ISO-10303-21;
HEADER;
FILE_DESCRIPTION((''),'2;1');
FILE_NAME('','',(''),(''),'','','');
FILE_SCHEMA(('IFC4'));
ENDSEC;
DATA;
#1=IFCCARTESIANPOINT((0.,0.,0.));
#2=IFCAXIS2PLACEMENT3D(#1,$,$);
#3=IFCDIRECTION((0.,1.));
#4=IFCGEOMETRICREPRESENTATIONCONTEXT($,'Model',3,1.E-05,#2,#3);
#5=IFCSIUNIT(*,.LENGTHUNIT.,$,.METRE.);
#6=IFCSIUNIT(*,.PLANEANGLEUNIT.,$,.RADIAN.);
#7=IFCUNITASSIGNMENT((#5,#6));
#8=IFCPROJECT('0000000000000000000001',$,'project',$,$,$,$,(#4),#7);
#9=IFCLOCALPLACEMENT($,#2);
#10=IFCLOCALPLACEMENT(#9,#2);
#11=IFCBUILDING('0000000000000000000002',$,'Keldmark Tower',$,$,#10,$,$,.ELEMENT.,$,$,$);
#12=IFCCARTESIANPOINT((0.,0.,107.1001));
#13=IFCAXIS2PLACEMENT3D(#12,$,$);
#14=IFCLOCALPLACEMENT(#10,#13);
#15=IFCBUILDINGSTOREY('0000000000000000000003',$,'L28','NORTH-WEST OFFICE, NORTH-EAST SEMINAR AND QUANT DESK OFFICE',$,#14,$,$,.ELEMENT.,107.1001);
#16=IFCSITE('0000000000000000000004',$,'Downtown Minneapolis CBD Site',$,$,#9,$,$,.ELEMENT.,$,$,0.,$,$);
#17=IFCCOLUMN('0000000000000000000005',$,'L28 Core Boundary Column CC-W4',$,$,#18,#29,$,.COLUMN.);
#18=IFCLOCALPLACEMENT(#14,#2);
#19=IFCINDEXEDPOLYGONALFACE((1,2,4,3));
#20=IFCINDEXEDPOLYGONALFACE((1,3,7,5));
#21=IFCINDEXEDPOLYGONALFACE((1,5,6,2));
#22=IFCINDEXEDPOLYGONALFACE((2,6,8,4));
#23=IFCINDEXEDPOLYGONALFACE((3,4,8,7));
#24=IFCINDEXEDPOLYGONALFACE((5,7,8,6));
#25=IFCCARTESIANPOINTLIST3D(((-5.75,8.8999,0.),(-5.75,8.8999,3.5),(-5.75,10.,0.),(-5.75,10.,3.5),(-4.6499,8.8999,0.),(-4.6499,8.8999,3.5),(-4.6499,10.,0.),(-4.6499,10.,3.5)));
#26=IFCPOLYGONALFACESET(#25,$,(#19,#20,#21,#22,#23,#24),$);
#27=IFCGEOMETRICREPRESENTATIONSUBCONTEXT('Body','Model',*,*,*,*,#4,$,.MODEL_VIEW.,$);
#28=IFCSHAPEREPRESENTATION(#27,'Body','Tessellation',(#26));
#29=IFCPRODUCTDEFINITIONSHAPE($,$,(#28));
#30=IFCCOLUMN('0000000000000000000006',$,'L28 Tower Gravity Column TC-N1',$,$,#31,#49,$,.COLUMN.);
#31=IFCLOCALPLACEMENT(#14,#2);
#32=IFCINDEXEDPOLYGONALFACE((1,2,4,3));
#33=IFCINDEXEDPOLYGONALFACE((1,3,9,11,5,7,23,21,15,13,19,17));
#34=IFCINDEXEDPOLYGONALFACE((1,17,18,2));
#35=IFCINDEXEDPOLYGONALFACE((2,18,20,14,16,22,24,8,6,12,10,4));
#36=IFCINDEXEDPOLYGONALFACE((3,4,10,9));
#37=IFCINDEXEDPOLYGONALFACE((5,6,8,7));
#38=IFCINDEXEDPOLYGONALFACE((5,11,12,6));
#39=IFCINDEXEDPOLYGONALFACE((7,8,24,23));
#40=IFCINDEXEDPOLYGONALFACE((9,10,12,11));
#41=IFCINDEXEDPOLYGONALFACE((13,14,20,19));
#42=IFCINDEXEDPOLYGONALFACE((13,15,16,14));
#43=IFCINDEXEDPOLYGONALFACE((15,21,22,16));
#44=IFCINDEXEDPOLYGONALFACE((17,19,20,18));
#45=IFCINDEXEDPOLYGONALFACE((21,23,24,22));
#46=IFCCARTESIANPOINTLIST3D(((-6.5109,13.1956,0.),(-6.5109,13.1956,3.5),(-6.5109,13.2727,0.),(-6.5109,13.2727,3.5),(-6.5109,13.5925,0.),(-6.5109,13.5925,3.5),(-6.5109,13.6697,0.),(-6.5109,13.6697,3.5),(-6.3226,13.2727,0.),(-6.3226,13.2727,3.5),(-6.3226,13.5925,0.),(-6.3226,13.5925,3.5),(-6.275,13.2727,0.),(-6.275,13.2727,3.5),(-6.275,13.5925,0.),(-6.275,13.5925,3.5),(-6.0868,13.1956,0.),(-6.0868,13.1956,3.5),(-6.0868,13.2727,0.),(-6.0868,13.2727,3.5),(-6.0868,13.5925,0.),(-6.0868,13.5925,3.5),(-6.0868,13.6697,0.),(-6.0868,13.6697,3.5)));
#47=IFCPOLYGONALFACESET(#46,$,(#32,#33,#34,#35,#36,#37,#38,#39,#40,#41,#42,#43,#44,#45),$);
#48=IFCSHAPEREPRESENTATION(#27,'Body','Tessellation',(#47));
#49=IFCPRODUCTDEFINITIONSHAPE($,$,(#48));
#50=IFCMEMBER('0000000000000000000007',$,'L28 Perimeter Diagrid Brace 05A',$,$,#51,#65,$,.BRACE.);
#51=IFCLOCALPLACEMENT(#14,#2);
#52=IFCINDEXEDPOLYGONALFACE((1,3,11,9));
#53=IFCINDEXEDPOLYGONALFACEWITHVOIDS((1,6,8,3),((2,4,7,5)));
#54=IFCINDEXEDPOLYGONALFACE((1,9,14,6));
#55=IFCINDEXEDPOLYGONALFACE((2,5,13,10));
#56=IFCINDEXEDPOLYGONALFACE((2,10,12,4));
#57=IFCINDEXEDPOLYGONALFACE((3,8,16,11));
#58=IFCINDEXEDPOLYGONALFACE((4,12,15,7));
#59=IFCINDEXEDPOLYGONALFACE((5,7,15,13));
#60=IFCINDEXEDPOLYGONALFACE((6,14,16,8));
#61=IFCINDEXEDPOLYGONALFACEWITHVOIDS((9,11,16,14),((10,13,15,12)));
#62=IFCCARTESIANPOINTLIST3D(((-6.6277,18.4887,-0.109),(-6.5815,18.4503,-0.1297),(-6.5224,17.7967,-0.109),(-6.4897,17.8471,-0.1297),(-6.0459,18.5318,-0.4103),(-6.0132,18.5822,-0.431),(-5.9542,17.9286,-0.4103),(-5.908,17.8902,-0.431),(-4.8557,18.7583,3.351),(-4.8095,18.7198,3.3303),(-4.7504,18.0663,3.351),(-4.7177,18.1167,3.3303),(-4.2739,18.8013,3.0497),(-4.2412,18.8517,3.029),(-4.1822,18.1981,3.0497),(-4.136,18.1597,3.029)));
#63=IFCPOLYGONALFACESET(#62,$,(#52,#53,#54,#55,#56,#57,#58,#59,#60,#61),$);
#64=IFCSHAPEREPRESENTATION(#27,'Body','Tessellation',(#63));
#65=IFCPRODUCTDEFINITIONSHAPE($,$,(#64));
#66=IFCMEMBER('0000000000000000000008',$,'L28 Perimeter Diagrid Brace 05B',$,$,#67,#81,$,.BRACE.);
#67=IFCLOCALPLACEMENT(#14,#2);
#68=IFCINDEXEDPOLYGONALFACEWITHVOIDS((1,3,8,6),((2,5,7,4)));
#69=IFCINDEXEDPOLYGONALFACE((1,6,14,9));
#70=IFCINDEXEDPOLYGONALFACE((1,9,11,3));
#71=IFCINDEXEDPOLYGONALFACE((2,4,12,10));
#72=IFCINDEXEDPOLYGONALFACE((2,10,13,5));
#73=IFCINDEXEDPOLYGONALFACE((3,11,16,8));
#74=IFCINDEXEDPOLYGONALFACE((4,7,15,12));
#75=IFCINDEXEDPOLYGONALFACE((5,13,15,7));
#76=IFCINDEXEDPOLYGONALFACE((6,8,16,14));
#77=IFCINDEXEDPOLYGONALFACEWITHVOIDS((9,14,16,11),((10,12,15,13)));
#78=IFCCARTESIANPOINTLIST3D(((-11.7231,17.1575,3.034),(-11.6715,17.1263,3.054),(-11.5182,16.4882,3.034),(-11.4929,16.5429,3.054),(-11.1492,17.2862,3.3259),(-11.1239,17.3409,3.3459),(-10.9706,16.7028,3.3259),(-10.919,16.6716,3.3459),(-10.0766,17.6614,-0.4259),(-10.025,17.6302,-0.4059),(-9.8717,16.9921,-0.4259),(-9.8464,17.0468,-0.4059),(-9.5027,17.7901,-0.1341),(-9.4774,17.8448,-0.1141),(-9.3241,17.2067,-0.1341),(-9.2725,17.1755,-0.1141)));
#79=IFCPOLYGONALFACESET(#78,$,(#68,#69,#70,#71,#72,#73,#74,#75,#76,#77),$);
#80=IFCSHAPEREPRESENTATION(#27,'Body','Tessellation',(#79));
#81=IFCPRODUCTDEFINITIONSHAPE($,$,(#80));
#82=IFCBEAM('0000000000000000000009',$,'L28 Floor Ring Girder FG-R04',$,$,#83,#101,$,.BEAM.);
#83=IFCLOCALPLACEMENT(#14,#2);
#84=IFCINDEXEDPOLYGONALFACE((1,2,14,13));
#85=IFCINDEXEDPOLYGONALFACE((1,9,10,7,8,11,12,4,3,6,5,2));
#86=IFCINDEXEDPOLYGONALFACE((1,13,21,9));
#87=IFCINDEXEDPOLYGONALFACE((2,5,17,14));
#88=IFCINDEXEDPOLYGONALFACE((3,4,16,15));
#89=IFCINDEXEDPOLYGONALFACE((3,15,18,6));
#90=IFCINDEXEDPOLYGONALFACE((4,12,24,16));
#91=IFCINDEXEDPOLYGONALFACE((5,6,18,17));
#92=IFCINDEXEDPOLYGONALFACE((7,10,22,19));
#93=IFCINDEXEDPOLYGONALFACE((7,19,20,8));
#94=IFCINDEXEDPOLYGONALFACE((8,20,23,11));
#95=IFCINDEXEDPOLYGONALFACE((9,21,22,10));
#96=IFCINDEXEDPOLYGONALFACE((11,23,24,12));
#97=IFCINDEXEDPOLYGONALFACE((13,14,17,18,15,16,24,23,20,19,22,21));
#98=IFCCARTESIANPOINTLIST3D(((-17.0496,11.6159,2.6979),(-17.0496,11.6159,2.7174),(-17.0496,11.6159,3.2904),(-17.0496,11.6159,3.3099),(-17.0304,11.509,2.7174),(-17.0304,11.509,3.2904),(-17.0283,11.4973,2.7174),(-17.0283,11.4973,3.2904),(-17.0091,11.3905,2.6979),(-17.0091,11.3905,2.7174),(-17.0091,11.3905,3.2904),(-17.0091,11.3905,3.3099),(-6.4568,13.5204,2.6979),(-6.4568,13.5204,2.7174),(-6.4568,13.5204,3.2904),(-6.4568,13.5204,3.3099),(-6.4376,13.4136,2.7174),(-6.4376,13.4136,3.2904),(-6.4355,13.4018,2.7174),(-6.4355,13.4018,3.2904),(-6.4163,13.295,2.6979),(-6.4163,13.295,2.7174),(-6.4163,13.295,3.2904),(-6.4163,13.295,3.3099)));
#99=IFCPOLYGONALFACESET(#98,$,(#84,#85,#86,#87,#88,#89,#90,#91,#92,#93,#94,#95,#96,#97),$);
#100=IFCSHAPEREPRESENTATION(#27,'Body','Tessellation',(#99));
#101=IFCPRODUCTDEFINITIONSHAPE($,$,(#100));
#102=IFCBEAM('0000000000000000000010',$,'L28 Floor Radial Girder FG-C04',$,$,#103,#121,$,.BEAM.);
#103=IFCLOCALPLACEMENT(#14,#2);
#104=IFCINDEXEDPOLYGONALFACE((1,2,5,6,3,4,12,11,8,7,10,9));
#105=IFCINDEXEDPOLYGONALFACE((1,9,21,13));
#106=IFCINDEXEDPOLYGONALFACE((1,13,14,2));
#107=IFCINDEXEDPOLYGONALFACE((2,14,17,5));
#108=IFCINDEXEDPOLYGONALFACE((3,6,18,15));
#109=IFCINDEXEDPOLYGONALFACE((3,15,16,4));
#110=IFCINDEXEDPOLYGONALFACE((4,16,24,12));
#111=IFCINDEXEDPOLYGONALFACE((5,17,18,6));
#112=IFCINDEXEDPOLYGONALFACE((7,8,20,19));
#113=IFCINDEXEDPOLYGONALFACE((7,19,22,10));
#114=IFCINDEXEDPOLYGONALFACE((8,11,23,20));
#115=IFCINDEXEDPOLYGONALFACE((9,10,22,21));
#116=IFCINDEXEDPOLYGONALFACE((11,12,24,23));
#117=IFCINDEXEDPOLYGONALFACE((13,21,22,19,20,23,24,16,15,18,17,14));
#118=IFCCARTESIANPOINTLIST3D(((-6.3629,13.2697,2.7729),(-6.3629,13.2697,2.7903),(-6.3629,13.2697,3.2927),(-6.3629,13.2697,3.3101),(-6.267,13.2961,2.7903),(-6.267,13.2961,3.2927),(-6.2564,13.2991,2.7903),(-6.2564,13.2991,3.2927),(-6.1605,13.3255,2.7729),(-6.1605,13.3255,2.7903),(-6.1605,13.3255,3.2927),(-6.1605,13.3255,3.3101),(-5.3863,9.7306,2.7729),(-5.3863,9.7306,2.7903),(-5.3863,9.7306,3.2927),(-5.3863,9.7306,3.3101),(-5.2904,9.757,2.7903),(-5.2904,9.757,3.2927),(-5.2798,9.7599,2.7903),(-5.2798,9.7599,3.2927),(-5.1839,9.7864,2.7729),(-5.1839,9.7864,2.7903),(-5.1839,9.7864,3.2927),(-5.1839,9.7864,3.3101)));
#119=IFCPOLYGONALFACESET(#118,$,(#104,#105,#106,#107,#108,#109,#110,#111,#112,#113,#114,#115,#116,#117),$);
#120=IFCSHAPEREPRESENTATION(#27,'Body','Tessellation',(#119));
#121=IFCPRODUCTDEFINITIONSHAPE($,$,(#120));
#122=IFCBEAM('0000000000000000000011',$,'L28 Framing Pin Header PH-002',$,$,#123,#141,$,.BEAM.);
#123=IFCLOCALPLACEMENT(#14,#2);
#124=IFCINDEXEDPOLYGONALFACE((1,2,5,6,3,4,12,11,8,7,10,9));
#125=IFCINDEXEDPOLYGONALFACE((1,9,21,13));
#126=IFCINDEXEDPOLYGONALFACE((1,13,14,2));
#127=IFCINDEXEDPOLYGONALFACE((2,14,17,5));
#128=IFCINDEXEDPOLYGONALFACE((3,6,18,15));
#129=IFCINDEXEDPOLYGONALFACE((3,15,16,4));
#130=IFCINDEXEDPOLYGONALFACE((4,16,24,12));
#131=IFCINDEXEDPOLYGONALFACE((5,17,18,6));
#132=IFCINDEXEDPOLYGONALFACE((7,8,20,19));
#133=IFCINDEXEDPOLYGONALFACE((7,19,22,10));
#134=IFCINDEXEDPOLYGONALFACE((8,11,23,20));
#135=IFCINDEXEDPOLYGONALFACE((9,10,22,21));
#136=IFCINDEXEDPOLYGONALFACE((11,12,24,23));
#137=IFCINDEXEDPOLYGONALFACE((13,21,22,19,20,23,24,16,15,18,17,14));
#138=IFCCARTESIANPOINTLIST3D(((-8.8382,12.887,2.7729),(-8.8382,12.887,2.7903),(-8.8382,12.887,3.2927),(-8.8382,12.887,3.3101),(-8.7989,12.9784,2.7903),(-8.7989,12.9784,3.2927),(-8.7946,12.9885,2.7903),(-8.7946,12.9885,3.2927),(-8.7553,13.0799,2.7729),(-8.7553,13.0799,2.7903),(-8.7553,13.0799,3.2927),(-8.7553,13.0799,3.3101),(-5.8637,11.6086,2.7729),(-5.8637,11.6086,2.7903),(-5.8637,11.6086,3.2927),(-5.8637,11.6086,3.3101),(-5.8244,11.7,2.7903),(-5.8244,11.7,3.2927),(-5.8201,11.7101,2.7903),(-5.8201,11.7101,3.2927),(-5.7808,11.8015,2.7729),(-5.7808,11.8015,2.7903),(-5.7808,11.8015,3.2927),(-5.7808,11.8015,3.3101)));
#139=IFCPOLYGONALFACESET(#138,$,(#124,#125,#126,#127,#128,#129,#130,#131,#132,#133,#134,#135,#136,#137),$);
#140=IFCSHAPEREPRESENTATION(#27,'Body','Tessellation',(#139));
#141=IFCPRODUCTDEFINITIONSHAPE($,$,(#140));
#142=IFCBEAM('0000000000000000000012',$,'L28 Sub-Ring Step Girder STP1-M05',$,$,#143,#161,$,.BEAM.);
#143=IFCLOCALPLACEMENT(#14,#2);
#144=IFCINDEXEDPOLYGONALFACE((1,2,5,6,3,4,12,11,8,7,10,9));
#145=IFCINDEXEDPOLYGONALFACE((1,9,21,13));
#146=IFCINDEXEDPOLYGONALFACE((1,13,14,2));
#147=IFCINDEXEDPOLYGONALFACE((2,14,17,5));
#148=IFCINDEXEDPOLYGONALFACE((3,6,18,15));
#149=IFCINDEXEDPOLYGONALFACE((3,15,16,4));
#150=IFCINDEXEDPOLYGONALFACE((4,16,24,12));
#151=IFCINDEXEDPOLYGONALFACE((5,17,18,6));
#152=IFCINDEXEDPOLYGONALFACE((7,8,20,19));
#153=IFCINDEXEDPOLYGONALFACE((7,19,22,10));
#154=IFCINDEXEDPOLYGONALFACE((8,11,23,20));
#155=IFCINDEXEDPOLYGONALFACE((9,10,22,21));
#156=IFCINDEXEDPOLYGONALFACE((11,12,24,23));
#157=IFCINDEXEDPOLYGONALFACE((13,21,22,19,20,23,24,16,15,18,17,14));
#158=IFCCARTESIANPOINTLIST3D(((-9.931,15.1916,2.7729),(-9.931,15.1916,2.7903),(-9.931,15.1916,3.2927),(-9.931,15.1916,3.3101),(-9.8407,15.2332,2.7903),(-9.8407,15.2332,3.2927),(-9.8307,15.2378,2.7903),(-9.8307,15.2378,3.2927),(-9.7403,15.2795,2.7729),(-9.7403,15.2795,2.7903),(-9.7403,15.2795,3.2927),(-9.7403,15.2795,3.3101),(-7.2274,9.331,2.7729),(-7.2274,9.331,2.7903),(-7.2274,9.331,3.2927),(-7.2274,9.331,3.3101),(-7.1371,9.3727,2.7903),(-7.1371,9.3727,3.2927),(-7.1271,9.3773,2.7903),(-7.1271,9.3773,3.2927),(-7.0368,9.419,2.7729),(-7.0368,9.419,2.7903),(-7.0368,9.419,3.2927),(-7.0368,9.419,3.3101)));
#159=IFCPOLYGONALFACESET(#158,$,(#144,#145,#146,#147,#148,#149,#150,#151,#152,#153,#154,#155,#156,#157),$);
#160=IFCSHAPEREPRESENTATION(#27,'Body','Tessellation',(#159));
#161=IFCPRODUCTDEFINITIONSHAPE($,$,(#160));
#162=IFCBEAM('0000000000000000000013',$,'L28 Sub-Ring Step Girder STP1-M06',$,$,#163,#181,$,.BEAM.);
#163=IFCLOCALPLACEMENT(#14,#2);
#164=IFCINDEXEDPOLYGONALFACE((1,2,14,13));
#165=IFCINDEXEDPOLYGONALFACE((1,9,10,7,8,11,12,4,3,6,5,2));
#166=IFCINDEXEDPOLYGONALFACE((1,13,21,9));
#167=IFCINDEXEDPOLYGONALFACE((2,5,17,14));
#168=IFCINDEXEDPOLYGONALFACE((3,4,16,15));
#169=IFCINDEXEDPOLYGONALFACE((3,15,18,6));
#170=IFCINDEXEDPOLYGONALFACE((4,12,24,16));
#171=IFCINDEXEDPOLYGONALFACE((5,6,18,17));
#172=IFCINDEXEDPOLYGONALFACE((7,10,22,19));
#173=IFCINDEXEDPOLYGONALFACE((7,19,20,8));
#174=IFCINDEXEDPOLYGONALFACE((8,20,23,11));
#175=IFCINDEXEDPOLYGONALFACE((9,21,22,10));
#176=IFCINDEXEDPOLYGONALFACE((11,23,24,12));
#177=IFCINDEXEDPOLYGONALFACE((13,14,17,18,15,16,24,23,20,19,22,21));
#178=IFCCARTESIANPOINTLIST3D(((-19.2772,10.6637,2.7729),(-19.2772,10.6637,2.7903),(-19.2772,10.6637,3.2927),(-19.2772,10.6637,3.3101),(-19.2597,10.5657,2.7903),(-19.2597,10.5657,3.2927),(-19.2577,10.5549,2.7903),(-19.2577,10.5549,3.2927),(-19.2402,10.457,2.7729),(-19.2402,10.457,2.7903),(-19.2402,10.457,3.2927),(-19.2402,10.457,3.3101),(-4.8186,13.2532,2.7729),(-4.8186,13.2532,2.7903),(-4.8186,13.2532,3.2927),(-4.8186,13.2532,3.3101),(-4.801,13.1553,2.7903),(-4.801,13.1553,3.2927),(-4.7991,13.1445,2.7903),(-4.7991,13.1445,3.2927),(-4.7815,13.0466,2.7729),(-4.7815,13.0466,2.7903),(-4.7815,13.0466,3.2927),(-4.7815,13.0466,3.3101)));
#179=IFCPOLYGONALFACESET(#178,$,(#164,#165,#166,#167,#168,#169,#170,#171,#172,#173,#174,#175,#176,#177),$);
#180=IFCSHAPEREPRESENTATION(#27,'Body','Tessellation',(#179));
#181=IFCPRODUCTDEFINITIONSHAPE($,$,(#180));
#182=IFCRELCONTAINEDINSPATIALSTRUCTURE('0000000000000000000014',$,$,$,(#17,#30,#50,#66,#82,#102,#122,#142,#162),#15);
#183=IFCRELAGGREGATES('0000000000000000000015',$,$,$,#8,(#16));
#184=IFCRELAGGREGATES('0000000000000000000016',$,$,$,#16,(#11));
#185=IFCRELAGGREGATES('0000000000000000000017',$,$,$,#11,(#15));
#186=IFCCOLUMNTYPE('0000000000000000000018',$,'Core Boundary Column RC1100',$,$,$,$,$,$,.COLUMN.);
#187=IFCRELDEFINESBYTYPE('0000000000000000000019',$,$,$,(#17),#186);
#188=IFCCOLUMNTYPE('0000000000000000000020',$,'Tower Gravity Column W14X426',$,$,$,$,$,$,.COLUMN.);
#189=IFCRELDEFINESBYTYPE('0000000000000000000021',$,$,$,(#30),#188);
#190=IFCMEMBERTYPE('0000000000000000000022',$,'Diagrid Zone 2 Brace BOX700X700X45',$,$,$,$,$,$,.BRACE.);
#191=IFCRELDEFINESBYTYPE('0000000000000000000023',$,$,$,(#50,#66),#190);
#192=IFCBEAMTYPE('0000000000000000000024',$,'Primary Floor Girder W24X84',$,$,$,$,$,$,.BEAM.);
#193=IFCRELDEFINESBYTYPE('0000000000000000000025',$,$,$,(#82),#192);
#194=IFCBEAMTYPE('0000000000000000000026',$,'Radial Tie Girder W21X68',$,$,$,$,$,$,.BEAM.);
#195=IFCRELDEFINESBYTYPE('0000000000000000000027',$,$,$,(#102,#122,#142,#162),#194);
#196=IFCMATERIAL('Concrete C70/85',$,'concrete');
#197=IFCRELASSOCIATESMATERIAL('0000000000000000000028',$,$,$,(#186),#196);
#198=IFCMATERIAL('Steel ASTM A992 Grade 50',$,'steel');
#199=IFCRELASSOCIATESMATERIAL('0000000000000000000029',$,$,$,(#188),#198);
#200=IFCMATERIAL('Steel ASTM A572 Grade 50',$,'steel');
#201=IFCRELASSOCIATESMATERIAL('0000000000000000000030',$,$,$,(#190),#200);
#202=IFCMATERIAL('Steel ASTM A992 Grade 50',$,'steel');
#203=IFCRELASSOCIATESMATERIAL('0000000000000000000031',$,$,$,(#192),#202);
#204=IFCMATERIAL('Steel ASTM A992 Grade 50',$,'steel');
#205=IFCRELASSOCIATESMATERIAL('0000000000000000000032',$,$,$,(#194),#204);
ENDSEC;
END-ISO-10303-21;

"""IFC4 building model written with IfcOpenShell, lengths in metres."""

from ifc_helpers import new_model, si_unit, direction, frame, origin, origin_2d, place, context, subcontext, project, spatial, rectangle, hollow_rectangle, i_section, extrude, material, material_profile, profile_set, type_object, element, save


model = new_model("IFC4")

# Units and contexts
model_context = context("Model", 3, precision=1e-05, world=origin(), true_north=direction((0.0, 1.0)))
body_context = subcontext(model_context, "Body", "Model", "MODEL_VIEW")
ifc_project = project(units=[si_unit("LENGTHUNIT", "METRE"), si_unit("PLANEANGLEUNIT", "RADIAN")], contexts=[model_context])

# Site, building, storey
site_placement = place(None, origin())
site = spatial("IfcSite", under=ifc_project, at=site_placement, Name="Downtown Minneapolis CBD Site", CompositionType="ELEMENT", RefElevation=0.0)
building_placement = place(site_placement, origin())
building = spatial("IfcBuilding", under=site, at=building_placement, Name="Keldmark Tower", CompositionType="ELEMENT")
storey_placement = place(building_placement, frame((0.0, 0.0, 107.1001)))
storey = spatial("IfcBuildingStorey", under=building, at=storey_placement, Name="L28", Description="NORTH-WEST OFFICE, NORTH-EAST SEMINAR AND QUANT DESK OFFICE", CompositionType="ELEMENT", Elevation=107.1001)

# Columns
ifc_material_1 = material(Name="Concrete C70/85", Category="concrete")
ifc_material_profile_1 = material_profile(ifc_material_1, rectangle(XDim=1.1001, YDim=1.1001, at=origin_2d()), Name="RC1100X1100")
ifc_profile_set_1 = profile_set([ifc_material_profile_1], Name="Concrete C70/85")
column_type_1 = type_object("IfcColumnType", Name="Core Boundary Column RC1100", PredefinedType="COLUMN", material=ifc_profile_set_1)
column_1_placement = place(storey_placement, frame((-5.2, 9.45, 0.0), z_axis=(0.0, 0.0, 1.0), x_axis=(1.0, 0.0, 0.0)))
element("IfcColumn", 1, at=column_1_placement, inside=storey, type_object=column_type_1, Name="L28 Core Boundary Column CC-W4", PredefinedType="COLUMN", context=body_context, shape_type="SweptSolid", body=[
    extrude(rectangle(XDim=1.1001, YDim=1.1001, at=origin_2d()), origin(), (0.0, 0.0, 1.0), 3.5),
])
ifc_material_2 = material(Name="Steel ASTM A992 Grade 50", Category="steel")
ifc_material_profile_2 = material_profile(ifc_material_2, i_section(OverallWidth=0.4241, OverallDepth=0.4741, WebThickness=0.0476, FlangeThickness=0.0771, at=origin_2d()), Name="W14X426")
ifc_profile_set_2 = profile_set([ifc_material_profile_2], Name="Steel ASTM A992 Grade 50")
column_type_2 = type_object("IfcColumnType", Name="Tower Gravity Column W14X426", PredefinedType="COLUMN", material=ifc_profile_set_2)
column_2_placement = place(storey_placement, frame((-6.2988, 13.4326, 0.0), z_axis=(0.0, 0.0, 1.0), x_axis=(1.0, 0.0, 0.0)))
element("IfcColumn", 2, at=column_2_placement, inside=storey, type_object=column_type_2, Name="L28 Tower Gravity Column TC-N1", PredefinedType="COLUMN", context=body_context, shape_type="SweptSolid", body=[
    extrude(i_section(OverallWidth=0.4241, OverallDepth=0.4741, WebThickness=0.0476, FlangeThickness=0.0771, at=origin_2d()), origin(), (0.0, 0.0, 1.0), 3.5),
])

# Members
ifc_material_3 = material(Name="Steel ASTM A572 Grade 50", Category="steel")
ifc_material_profile_3 = material_profile(ifc_material_3, hollow_rectangle(XDim=0.7, YDim=0.7, WallThickness=0.0449, at=origin_2d()), Name="BOX700X700X45")
ifc_profile_set_3 = profile_set([ifc_material_profile_3], Name="Steel ASTM A572 Grade 50")
member_type = type_object("IfcMemberType", Name="Diagrid Zone 2 Brace BOX700X700X45", PredefinedType="BRACE", material=ifc_profile_set_3)
member_1_placement = place(storey_placement, frame((-6.2678, 18.1895, -0.27), z_axis=(0.454743, 0.06917, 0.887933), x_axis=(-0.150378, 0.988629, 0.0)))
element("IfcMember", 3, at=member_1_placement, inside=storey, type_object=member_type, Name="L28 Perimeter Diagrid Brace 05A", PredefinedType="BRACE", context=body_context, shape_type="SweptSolid", body=[
    extrude(hollow_rectangle(XDim=0.7, YDim=0.7, WallThickness=0.0449, at=origin_2d()), origin(), (0.0, 0.0, 1.0), 3.8967),
])
member_2_placement = place(storey_placement, frame((-9.6746, 17.4185, -0.27), z_axis=(-0.426028, -0.130386, 0.895265), x_axis=(0.292651, -0.956219, 0.0)))
element("IfcMember", 4, at=member_2_placement, inside=storey, type_object=member_type, Name="L28 Perimeter Diagrid Brace 05B", PredefinedType="BRACE", context=body_context, shape_type="SweptSolid", body=[
    extrude(hollow_rectangle(XDim=0.7, YDim=0.7, WallThickness=0.0449, at=origin_2d()), origin(), (0.0, 0.0, 1.0), 3.8647),
])

# Beams
ifc_material_4 = material(Name="Steel ASTM A992 Grade 50", Category="steel")
ifc_material_profile_4 = material_profile(ifc_material_4, i_section(OverallWidth=0.229, OverallDepth=0.6121, WebThickness=0.012, FlangeThickness=0.0195, at=origin_2d()), Name="W24X84")
ifc_profile_set_4 = profile_set([ifc_material_profile_4], Name="Steel ASTM A992 Grade 50")
beam_type_1 = type_object("IfcBeamType", Name="Primary Floor Girder W24X84", PredefinedType="BEAM", material=ifc_profile_set_4)
beam_1_placement = place(storey_placement, frame((-6.4365, 13.4077, 3.0039), z_axis=(-0.984218, -0.176959, 0.0), x_axis=(0.176959, -0.984218, 0.0)))
element("IfcBeam", 5, at=beam_1_placement, inside=storey, type_object=beam_type_1, Name="L28 Floor Ring Girder FG-R04", PredefinedType="BEAM", context=body_context, shape_type="SweptSolid", body=[
    extrude(i_section(OverallWidth=0.229, OverallDepth=0.6121, WebThickness=0.012, FlangeThickness=0.0195, at=origin_2d()), origin(), (0.0, 0.0, 1.0), 10.7627),
])
ifc_material_5 = material(Name="Steel ASTM A992 Grade 50", Category="steel")
ifc_material_profile_5 = material_profile(ifc_material_5, i_section(OverallWidth=0.21, OverallDepth=0.5371, WebThickness=0.011, FlangeThickness=0.0173, at=origin_2d()), Name="W21X68")
ifc_profile_set_5 = profile_set([ifc_material_profile_5], Name="Steel ASTM A992 Grade 50")
beam_type_2 = type_object("IfcBeamType", Name="Radial Tie Girder W21X68", PredefinedType="BEAM", material=ifc_profile_set_5)
beam_2_placement = place(storey_placement, frame((-6.2617, 13.2976, 3.0415), z_axis=(0.265997, -0.963974, 0.0), x_axis=(0.963974, 0.265997, 0.0)))
element("IfcBeam", 6, at=beam_2_placement, inside=storey, type_object=beam_type_2, Name="L28 Floor Radial Girder FG-C04", PredefinedType="BEAM", context=body_context, shape_type="SweptSolid", body=[
    extrude(i_section(OverallWidth=0.21, OverallDepth=0.5371, WebThickness=0.011, FlangeThickness=0.0173, at=origin_2d()), origin(), (0.0, 0.0, 1.0), 3.6714),
])
beam_3_placement = place(storey_placement, frame((-5.8223, 11.7051, 3.0415), z_axis=(-0.918743, 0.394857, 0.0), x_axis=(-0.394857, -0.918743, 0.0)))
element("IfcBeam", 7, at=beam_3_placement, inside=storey, type_object=beam_type_2, Name="L28 Framing Pin Header PH-002", PredefinedType="BEAM", context=body_context, shape_type="SweptSolid", body=[
    extrude(i_section(OverallWidth=0.21, OverallDepth=0.5371, WebThickness=0.011, FlangeThickness=0.0173, at=origin_2d()), origin(), (0.0, 0.0, 1.0), 3.2375),
])
beam_4_placement = place(storey_placement, frame((-7.1321, 9.375, 3.0415), z_axis=(-0.418895, 0.908035, 0.0), x_axis=(-0.908035, -0.418895, 0.0)))
element("IfcBeam", 8, at=beam_4_placement, inside=storey, type_object=beam_type_2, Name="L28 Sub-Ring Step Girder STP1-M05", PredefinedType="BEAM", context=body_context, shape_type="SweptSolid", body=[
    extrude(i_section(OverallWidth=0.21, OverallDepth=0.5371, WebThickness=0.011, FlangeThickness=0.0173, at=origin_2d()), origin(), (0.0, 0.0, 1.0), 6.4541),
])
beam_5_placement = place(storey_placement, frame((-4.8, 13.1499, 3.0415), z_axis=(-0.984337, -0.176297, 0.0), x_axis=(0.176297, -0.984337, 0.0)))
element("IfcBeam", 9, at=beam_5_placement, inside=storey, type_object=beam_type_2, Name="L28 Sub-Ring Step Girder STP1-M06", PredefinedType="BEAM", context=body_context, shape_type="SweptSolid", body=[
    extrude(i_section(OverallWidth=0.21, OverallDepth=0.5371, WebThickness=0.011, FlangeThickness=0.0173, at=origin_2d()), origin(), (0.0, 0.0, 1.0), 14.6887),
])

save(model, "model.ifc")
